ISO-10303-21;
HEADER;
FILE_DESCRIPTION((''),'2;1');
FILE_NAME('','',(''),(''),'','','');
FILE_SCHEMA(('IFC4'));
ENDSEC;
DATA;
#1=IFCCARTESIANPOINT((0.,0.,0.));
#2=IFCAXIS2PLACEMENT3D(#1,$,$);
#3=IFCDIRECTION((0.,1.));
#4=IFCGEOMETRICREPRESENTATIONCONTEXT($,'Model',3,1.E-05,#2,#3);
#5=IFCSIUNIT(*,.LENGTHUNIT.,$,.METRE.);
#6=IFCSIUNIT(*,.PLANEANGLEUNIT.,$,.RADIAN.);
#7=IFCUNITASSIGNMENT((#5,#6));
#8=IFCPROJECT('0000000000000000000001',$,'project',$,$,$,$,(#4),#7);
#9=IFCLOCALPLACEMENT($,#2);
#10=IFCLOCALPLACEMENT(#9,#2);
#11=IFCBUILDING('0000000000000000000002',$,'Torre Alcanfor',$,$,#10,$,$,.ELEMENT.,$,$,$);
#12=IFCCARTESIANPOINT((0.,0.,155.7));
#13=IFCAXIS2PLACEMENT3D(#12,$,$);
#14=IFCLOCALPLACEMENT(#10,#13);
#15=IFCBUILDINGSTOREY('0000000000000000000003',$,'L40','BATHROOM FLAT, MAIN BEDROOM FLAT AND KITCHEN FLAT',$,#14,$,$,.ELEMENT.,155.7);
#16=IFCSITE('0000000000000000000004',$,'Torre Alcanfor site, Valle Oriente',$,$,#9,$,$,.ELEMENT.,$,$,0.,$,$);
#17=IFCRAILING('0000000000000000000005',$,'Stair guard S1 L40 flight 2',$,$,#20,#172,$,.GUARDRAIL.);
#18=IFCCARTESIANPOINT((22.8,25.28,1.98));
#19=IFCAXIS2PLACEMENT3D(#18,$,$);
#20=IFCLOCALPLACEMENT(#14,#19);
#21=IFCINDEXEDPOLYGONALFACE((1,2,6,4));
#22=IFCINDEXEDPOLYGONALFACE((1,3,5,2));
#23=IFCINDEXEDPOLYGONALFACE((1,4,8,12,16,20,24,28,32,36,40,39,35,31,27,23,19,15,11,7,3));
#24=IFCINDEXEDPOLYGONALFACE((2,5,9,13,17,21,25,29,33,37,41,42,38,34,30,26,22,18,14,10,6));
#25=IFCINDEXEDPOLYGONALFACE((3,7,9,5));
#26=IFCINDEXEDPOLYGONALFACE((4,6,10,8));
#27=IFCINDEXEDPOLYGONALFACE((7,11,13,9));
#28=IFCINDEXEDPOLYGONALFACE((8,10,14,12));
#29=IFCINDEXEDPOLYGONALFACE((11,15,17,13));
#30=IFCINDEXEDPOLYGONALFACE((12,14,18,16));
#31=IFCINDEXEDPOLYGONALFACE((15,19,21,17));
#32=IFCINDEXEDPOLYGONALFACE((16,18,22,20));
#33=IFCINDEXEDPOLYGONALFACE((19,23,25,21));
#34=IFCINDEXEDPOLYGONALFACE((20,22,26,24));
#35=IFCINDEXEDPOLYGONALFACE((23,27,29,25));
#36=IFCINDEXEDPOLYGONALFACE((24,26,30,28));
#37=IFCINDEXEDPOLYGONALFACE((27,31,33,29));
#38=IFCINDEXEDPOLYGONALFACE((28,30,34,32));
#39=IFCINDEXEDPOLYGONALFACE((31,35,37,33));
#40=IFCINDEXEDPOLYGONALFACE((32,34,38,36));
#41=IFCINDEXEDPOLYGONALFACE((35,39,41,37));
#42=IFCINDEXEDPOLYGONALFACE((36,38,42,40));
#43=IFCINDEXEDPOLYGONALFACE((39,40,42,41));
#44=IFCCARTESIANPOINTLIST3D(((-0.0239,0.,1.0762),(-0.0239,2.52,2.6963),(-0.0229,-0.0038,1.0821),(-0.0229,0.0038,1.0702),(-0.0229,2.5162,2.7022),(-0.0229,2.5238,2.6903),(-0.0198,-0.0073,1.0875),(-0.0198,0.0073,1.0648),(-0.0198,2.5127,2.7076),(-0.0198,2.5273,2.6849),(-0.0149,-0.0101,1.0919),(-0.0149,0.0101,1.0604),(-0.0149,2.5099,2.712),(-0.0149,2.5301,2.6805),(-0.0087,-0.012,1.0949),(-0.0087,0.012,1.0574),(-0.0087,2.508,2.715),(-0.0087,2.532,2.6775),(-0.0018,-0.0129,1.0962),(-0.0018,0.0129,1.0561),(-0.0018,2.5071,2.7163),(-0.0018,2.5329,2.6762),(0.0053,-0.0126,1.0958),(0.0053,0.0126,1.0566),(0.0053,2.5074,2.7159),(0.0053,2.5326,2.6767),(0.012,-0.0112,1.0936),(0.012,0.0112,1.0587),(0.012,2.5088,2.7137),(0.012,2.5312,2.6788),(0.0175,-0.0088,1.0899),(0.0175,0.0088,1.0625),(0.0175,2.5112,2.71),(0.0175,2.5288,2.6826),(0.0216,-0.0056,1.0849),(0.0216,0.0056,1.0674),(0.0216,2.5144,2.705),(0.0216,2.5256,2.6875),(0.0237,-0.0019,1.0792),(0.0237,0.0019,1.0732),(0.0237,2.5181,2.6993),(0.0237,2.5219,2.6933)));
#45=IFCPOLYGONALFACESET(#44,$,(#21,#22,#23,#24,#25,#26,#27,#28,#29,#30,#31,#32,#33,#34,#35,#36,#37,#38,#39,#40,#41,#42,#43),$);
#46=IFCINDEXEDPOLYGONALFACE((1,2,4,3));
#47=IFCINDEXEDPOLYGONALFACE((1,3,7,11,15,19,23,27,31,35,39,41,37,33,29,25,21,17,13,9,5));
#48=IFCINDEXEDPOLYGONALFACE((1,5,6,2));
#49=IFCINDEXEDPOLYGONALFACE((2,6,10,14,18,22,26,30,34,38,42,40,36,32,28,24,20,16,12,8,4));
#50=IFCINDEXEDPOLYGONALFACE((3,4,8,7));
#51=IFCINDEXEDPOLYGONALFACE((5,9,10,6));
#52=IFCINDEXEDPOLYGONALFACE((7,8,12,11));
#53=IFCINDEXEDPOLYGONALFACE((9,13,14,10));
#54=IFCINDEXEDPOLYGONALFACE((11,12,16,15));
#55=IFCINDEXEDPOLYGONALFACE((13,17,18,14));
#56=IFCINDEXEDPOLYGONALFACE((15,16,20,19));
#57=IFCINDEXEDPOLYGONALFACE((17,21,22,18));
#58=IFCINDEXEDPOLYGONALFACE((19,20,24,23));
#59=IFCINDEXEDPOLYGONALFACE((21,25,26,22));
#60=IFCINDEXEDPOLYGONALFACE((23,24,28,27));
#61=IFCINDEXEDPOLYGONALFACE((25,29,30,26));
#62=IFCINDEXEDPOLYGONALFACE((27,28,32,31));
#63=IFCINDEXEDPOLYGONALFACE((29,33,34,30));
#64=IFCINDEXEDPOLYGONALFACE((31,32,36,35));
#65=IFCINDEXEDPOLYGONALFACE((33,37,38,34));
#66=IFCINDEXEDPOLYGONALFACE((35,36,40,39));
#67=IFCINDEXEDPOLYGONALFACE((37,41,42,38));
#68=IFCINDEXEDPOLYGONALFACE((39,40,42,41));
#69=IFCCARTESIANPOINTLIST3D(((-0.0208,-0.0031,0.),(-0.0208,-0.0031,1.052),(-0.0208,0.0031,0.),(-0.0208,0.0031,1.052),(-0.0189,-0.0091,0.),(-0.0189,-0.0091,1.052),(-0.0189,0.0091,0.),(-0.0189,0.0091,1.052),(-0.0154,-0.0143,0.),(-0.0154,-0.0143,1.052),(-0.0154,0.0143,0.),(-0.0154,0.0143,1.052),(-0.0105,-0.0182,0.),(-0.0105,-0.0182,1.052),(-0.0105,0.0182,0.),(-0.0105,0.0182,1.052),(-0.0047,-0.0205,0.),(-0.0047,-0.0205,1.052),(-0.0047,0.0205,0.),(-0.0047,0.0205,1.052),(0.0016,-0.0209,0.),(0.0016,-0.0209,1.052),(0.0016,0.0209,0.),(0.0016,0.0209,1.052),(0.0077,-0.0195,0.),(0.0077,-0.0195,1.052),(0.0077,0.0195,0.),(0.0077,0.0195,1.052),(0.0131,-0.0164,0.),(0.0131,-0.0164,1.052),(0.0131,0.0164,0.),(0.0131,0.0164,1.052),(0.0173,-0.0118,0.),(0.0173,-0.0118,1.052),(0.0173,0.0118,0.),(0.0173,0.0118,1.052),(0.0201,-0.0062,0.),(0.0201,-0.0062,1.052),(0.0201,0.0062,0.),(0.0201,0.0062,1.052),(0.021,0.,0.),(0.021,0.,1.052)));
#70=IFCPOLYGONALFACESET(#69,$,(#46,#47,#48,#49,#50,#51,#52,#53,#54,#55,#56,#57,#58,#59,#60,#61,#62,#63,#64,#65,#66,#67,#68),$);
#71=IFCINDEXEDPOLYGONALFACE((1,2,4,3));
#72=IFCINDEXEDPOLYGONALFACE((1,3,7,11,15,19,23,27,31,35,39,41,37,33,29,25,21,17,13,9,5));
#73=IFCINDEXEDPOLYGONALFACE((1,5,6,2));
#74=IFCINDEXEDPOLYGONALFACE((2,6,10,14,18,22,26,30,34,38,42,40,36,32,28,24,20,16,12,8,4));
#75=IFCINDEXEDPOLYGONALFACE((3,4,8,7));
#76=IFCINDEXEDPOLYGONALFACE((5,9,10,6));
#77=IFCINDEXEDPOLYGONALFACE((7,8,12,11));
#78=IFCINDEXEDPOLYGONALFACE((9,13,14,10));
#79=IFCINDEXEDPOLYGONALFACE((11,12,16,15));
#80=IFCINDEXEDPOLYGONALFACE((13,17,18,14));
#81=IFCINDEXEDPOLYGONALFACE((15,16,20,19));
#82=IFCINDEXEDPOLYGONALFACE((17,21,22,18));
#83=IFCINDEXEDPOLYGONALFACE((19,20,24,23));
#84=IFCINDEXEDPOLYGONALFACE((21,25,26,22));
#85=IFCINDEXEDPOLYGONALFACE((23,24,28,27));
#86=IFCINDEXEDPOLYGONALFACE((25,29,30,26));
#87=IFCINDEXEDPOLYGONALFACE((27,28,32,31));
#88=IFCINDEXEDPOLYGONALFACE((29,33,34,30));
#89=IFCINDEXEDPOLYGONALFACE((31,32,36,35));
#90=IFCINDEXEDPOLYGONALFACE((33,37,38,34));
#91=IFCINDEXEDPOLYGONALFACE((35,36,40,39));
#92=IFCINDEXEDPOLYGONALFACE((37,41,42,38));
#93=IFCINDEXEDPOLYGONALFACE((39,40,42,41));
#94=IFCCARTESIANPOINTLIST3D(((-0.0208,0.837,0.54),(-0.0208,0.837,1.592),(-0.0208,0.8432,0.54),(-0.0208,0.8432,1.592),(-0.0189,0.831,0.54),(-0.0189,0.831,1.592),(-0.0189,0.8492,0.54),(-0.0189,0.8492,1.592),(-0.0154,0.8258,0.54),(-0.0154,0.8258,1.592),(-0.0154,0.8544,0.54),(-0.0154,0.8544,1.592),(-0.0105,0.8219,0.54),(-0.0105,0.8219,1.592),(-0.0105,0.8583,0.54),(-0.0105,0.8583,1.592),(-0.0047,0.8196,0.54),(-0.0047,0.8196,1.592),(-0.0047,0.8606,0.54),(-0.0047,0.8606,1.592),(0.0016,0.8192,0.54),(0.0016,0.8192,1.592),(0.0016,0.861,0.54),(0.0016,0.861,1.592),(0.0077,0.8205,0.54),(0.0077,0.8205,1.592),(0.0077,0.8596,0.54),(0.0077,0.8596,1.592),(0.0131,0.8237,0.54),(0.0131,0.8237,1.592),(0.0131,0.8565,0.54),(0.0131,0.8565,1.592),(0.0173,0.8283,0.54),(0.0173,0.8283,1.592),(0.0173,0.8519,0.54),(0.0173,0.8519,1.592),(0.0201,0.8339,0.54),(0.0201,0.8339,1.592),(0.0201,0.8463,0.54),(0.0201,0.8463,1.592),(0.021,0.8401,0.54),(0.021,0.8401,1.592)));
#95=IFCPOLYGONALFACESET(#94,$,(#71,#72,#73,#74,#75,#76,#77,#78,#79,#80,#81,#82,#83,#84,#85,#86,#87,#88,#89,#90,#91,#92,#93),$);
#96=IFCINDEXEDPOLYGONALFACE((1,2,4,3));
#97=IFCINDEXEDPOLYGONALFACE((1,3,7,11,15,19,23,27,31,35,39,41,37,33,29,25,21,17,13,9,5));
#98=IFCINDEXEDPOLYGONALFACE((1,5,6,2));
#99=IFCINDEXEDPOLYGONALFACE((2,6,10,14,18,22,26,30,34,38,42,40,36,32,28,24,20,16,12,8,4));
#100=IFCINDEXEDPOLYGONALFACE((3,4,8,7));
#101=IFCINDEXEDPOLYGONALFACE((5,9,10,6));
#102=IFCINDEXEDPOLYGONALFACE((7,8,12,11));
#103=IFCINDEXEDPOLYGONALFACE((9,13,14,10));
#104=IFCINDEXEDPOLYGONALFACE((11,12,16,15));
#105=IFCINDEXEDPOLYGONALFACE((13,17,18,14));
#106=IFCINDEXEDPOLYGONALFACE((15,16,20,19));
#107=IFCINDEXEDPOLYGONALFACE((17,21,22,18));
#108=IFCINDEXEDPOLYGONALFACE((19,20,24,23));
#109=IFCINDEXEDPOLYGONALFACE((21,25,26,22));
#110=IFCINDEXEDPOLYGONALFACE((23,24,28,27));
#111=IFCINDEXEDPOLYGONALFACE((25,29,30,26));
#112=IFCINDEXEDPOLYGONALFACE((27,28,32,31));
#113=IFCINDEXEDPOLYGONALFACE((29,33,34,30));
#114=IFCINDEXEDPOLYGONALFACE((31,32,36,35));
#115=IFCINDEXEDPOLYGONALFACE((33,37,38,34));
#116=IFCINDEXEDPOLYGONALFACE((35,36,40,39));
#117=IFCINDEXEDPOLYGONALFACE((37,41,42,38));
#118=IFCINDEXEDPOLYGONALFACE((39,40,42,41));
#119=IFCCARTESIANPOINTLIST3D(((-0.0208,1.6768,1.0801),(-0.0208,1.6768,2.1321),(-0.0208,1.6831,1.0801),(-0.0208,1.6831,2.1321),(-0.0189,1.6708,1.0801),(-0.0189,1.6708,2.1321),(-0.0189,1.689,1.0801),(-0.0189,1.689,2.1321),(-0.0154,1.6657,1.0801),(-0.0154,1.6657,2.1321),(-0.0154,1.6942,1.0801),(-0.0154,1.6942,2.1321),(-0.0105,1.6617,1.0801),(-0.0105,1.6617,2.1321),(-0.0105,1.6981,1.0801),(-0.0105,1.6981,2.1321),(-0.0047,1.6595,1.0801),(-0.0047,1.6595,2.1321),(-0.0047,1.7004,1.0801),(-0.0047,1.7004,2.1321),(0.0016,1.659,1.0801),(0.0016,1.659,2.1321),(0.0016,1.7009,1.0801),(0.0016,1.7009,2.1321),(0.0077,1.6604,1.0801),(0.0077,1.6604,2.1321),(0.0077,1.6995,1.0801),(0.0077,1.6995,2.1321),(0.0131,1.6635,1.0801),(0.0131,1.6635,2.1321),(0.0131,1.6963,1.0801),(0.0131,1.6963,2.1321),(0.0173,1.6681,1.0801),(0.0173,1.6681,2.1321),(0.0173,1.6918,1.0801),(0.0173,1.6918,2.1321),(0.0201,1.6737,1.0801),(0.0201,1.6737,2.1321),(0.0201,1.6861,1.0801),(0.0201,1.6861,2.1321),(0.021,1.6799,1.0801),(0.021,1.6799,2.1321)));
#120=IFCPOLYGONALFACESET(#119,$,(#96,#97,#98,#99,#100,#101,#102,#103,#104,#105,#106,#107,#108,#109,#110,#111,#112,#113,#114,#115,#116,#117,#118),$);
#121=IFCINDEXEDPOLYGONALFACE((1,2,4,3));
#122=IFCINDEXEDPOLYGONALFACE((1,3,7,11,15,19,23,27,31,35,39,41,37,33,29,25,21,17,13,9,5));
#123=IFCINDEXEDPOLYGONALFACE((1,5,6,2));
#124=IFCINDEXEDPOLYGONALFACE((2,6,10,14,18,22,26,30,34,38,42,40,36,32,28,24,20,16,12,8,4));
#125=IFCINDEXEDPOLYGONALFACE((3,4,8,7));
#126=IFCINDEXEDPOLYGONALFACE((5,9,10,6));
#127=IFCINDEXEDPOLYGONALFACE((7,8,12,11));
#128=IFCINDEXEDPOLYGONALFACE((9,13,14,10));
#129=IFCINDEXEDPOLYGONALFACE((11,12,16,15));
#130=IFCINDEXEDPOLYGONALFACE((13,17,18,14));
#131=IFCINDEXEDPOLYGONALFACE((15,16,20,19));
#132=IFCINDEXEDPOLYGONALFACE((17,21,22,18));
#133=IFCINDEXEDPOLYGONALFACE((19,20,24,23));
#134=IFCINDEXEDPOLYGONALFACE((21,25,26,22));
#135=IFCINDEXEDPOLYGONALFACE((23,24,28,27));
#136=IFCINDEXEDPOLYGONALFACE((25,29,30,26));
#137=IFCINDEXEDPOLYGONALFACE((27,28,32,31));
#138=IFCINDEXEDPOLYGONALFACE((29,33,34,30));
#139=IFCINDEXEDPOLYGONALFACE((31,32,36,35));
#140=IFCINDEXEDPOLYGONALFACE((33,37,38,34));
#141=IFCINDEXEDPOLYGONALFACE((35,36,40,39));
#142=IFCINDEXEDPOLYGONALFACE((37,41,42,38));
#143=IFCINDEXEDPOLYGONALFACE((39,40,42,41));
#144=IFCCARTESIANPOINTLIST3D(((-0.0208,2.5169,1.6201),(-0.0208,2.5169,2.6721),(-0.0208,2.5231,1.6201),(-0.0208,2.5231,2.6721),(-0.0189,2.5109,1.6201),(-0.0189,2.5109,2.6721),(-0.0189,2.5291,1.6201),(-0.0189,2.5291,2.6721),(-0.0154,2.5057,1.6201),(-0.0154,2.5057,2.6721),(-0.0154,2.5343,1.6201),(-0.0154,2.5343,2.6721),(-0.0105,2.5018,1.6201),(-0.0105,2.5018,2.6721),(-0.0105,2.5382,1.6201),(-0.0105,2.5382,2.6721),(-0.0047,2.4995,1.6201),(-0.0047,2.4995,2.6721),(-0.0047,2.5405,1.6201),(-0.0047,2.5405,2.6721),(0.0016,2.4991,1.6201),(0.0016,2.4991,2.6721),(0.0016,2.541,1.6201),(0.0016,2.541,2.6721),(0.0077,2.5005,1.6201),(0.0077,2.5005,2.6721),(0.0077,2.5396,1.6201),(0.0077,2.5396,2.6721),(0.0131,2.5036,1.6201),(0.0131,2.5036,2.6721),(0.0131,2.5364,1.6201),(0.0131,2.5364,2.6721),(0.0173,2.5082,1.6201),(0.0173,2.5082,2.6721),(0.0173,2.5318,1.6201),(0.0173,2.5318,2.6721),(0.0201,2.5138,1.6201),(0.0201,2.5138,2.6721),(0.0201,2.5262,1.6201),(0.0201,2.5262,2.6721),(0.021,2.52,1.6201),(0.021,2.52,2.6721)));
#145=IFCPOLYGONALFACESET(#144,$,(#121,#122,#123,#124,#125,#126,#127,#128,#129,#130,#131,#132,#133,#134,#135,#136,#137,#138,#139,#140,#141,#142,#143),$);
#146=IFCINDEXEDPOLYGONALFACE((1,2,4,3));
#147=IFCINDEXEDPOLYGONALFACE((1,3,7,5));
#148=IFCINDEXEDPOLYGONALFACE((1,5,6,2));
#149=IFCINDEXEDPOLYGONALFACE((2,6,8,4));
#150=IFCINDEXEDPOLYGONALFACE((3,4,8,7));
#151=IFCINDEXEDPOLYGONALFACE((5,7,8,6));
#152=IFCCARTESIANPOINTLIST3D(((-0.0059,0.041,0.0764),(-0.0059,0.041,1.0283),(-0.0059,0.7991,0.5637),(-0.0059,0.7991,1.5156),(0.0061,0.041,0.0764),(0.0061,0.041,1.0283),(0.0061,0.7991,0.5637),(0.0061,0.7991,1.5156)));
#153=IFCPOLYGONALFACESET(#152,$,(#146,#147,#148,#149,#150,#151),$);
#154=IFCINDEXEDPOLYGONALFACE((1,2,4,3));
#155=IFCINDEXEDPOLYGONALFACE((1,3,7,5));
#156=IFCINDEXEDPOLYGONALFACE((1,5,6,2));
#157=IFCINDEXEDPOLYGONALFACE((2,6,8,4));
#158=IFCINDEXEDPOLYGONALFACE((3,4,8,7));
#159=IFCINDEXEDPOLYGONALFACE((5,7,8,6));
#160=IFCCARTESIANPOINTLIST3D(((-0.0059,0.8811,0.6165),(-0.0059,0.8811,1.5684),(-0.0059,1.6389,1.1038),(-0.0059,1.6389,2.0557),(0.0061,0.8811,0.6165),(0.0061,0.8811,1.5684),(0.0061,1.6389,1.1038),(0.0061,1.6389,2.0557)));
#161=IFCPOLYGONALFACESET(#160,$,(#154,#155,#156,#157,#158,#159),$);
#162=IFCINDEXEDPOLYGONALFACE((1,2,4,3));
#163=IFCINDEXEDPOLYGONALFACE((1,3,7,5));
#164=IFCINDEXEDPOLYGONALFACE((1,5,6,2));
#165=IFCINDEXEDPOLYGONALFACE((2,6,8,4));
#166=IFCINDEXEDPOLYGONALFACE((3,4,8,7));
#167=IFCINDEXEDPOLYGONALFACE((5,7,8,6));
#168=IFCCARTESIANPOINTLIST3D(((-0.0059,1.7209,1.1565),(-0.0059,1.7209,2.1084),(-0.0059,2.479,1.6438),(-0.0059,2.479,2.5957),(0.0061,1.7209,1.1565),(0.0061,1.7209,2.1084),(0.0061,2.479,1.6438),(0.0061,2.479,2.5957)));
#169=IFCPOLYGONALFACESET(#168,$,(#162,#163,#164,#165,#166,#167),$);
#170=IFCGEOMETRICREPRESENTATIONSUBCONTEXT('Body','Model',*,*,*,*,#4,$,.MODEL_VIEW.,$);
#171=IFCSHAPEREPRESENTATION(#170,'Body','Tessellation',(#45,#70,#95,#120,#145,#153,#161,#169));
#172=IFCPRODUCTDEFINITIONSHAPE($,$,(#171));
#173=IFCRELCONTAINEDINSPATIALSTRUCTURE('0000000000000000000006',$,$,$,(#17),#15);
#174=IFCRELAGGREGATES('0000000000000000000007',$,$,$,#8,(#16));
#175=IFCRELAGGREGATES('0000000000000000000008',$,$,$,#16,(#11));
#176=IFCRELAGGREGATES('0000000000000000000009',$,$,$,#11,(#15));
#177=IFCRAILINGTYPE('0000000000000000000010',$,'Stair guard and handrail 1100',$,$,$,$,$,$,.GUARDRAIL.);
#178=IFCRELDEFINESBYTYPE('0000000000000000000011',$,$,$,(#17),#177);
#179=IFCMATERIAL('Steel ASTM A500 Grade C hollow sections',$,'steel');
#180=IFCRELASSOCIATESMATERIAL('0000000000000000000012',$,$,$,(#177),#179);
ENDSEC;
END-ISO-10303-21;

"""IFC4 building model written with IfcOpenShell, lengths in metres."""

from ifc_helpers import new_model, si_unit, direction, frame, origin, origin_2d, place, context, subcontext, project, spatial, polyline, circle, outline, extrude, material, type_object, element, save


model = new_model("IFC4")

# Units and contexts
model_context = context("Model", 3, precision=1e-05, world=origin(), true_north=direction((0.0, 1.0)))
body_context = subcontext(model_context, "Body", "Model", "MODEL_VIEW")
ifc_project = project(units=[si_unit("LENGTHUNIT", "METRE"), si_unit("PLANEANGLEUNIT", "RADIAN")], contexts=[model_context])

# Site, building, storey
site_placement = place(None, origin())
site = spatial("IfcSite", under=ifc_project, at=site_placement, Name="Torre Alcanfor site, Valle Oriente", CompositionType="ELEMENT", RefElevation=0.0)
building_placement = place(site_placement, origin())
building = spatial("IfcBuilding", under=site, at=building_placement, Name="Torre Alcanfor", CompositionType="ELEMENT")
storey_placement = place(building_placement, frame((0.0, 0.0, 155.7)))
storey = spatial("IfcBuildingStorey", under=building, at=storey_placement, Name="L40", Description="BATHROOM FLAT, MAIN BEDROOM FLAT AND KITCHEN FLAT", CompositionType="ELEMENT", Elevation=155.7)

# Railing
ifc_material_1 = material(Name="Steel ASTM A500 Grade C hollow sections", Category="steel")
railing_type_1 = type_object("IfcRailingType", Name="Stair guard and handrail 1100", PredefinedType="GUARDRAIL", material=ifc_material_1)
railing_1_placement = place(storey_placement, frame((22.8, 25.28, 1.98)))
element("IfcRailing", 1, at=railing_1_placement, inside=storey, type_object=railing_type_1, Name="Stair guard S1 L40 flight 2", PredefinedType="GUARDRAIL", context=body_context, shape_type="SweptSolid", body=[
    extrude(circle(Radius=0.0239, at=origin_2d()), frame((0.0, 0.0, 1.0762), z_axis=(0.0, 0.841163, 0.540782), x_axis=(-1.0, 0.0, 0.0)), (0.0, 0.0, 1.0), 2.9958),
    extrude(circle(Radius=0.021, at=origin_2d()), origin(), (0.0, 0.0, 1.0), 1.052),
    extrude(circle(Radius=0.021, at=origin_2d()), frame((0.0, 0.8401, 0.54)), (0.0, 0.0, 1.0), 1.052),
    extrude(circle(Radius=0.021, at=origin_2d()), frame((0.0, 1.6799, 1.0801)), (0.0, 0.0, 1.0), 1.052),
    extrude(circle(Radius=0.021, at=origin_2d()), frame((0.0, 2.52, 1.6201)), (0.0, 0.0, 1.0), 1.052),
    extrude(outline(polyline([(0.041, 0.0764), (0.7991, 0.5637), (0.7991, 1.5156), (0.041, 1.0283), (0.041, 0.0764)])), frame((-0.0059, 0.0, 0.0), z_axis=(1.0, 0.0, 0.0), x_axis=(0.0, 1.0, 0.0)), (0.0, 0.0, 1.0), 0.012),
    extrude(outline(polyline([(0.8811, 0.6165), (1.6389, 1.1038), (1.6389, 2.0557), (0.8811, 1.5684), (0.8811, 0.6165)])), frame((-0.0059, 0.0, 0.0), z_axis=(1.0, 0.0, 0.0), x_axis=(0.0, 1.0, 0.0)), (0.0, 0.0, 1.0), 0.012),
    extrude(outline(polyline([(1.7209, 1.1565), (2.479, 1.6438), (2.479, 2.5957), (1.7209, 2.1084), (1.7209, 1.1565)])), frame((-0.0059, 0.0, 0.0), z_axis=(1.0, 0.0, 0.0), x_axis=(0.0, 1.0, 0.0)), (0.0, 0.0, 1.0), 0.012),
])

save(model, "model.ifc")
